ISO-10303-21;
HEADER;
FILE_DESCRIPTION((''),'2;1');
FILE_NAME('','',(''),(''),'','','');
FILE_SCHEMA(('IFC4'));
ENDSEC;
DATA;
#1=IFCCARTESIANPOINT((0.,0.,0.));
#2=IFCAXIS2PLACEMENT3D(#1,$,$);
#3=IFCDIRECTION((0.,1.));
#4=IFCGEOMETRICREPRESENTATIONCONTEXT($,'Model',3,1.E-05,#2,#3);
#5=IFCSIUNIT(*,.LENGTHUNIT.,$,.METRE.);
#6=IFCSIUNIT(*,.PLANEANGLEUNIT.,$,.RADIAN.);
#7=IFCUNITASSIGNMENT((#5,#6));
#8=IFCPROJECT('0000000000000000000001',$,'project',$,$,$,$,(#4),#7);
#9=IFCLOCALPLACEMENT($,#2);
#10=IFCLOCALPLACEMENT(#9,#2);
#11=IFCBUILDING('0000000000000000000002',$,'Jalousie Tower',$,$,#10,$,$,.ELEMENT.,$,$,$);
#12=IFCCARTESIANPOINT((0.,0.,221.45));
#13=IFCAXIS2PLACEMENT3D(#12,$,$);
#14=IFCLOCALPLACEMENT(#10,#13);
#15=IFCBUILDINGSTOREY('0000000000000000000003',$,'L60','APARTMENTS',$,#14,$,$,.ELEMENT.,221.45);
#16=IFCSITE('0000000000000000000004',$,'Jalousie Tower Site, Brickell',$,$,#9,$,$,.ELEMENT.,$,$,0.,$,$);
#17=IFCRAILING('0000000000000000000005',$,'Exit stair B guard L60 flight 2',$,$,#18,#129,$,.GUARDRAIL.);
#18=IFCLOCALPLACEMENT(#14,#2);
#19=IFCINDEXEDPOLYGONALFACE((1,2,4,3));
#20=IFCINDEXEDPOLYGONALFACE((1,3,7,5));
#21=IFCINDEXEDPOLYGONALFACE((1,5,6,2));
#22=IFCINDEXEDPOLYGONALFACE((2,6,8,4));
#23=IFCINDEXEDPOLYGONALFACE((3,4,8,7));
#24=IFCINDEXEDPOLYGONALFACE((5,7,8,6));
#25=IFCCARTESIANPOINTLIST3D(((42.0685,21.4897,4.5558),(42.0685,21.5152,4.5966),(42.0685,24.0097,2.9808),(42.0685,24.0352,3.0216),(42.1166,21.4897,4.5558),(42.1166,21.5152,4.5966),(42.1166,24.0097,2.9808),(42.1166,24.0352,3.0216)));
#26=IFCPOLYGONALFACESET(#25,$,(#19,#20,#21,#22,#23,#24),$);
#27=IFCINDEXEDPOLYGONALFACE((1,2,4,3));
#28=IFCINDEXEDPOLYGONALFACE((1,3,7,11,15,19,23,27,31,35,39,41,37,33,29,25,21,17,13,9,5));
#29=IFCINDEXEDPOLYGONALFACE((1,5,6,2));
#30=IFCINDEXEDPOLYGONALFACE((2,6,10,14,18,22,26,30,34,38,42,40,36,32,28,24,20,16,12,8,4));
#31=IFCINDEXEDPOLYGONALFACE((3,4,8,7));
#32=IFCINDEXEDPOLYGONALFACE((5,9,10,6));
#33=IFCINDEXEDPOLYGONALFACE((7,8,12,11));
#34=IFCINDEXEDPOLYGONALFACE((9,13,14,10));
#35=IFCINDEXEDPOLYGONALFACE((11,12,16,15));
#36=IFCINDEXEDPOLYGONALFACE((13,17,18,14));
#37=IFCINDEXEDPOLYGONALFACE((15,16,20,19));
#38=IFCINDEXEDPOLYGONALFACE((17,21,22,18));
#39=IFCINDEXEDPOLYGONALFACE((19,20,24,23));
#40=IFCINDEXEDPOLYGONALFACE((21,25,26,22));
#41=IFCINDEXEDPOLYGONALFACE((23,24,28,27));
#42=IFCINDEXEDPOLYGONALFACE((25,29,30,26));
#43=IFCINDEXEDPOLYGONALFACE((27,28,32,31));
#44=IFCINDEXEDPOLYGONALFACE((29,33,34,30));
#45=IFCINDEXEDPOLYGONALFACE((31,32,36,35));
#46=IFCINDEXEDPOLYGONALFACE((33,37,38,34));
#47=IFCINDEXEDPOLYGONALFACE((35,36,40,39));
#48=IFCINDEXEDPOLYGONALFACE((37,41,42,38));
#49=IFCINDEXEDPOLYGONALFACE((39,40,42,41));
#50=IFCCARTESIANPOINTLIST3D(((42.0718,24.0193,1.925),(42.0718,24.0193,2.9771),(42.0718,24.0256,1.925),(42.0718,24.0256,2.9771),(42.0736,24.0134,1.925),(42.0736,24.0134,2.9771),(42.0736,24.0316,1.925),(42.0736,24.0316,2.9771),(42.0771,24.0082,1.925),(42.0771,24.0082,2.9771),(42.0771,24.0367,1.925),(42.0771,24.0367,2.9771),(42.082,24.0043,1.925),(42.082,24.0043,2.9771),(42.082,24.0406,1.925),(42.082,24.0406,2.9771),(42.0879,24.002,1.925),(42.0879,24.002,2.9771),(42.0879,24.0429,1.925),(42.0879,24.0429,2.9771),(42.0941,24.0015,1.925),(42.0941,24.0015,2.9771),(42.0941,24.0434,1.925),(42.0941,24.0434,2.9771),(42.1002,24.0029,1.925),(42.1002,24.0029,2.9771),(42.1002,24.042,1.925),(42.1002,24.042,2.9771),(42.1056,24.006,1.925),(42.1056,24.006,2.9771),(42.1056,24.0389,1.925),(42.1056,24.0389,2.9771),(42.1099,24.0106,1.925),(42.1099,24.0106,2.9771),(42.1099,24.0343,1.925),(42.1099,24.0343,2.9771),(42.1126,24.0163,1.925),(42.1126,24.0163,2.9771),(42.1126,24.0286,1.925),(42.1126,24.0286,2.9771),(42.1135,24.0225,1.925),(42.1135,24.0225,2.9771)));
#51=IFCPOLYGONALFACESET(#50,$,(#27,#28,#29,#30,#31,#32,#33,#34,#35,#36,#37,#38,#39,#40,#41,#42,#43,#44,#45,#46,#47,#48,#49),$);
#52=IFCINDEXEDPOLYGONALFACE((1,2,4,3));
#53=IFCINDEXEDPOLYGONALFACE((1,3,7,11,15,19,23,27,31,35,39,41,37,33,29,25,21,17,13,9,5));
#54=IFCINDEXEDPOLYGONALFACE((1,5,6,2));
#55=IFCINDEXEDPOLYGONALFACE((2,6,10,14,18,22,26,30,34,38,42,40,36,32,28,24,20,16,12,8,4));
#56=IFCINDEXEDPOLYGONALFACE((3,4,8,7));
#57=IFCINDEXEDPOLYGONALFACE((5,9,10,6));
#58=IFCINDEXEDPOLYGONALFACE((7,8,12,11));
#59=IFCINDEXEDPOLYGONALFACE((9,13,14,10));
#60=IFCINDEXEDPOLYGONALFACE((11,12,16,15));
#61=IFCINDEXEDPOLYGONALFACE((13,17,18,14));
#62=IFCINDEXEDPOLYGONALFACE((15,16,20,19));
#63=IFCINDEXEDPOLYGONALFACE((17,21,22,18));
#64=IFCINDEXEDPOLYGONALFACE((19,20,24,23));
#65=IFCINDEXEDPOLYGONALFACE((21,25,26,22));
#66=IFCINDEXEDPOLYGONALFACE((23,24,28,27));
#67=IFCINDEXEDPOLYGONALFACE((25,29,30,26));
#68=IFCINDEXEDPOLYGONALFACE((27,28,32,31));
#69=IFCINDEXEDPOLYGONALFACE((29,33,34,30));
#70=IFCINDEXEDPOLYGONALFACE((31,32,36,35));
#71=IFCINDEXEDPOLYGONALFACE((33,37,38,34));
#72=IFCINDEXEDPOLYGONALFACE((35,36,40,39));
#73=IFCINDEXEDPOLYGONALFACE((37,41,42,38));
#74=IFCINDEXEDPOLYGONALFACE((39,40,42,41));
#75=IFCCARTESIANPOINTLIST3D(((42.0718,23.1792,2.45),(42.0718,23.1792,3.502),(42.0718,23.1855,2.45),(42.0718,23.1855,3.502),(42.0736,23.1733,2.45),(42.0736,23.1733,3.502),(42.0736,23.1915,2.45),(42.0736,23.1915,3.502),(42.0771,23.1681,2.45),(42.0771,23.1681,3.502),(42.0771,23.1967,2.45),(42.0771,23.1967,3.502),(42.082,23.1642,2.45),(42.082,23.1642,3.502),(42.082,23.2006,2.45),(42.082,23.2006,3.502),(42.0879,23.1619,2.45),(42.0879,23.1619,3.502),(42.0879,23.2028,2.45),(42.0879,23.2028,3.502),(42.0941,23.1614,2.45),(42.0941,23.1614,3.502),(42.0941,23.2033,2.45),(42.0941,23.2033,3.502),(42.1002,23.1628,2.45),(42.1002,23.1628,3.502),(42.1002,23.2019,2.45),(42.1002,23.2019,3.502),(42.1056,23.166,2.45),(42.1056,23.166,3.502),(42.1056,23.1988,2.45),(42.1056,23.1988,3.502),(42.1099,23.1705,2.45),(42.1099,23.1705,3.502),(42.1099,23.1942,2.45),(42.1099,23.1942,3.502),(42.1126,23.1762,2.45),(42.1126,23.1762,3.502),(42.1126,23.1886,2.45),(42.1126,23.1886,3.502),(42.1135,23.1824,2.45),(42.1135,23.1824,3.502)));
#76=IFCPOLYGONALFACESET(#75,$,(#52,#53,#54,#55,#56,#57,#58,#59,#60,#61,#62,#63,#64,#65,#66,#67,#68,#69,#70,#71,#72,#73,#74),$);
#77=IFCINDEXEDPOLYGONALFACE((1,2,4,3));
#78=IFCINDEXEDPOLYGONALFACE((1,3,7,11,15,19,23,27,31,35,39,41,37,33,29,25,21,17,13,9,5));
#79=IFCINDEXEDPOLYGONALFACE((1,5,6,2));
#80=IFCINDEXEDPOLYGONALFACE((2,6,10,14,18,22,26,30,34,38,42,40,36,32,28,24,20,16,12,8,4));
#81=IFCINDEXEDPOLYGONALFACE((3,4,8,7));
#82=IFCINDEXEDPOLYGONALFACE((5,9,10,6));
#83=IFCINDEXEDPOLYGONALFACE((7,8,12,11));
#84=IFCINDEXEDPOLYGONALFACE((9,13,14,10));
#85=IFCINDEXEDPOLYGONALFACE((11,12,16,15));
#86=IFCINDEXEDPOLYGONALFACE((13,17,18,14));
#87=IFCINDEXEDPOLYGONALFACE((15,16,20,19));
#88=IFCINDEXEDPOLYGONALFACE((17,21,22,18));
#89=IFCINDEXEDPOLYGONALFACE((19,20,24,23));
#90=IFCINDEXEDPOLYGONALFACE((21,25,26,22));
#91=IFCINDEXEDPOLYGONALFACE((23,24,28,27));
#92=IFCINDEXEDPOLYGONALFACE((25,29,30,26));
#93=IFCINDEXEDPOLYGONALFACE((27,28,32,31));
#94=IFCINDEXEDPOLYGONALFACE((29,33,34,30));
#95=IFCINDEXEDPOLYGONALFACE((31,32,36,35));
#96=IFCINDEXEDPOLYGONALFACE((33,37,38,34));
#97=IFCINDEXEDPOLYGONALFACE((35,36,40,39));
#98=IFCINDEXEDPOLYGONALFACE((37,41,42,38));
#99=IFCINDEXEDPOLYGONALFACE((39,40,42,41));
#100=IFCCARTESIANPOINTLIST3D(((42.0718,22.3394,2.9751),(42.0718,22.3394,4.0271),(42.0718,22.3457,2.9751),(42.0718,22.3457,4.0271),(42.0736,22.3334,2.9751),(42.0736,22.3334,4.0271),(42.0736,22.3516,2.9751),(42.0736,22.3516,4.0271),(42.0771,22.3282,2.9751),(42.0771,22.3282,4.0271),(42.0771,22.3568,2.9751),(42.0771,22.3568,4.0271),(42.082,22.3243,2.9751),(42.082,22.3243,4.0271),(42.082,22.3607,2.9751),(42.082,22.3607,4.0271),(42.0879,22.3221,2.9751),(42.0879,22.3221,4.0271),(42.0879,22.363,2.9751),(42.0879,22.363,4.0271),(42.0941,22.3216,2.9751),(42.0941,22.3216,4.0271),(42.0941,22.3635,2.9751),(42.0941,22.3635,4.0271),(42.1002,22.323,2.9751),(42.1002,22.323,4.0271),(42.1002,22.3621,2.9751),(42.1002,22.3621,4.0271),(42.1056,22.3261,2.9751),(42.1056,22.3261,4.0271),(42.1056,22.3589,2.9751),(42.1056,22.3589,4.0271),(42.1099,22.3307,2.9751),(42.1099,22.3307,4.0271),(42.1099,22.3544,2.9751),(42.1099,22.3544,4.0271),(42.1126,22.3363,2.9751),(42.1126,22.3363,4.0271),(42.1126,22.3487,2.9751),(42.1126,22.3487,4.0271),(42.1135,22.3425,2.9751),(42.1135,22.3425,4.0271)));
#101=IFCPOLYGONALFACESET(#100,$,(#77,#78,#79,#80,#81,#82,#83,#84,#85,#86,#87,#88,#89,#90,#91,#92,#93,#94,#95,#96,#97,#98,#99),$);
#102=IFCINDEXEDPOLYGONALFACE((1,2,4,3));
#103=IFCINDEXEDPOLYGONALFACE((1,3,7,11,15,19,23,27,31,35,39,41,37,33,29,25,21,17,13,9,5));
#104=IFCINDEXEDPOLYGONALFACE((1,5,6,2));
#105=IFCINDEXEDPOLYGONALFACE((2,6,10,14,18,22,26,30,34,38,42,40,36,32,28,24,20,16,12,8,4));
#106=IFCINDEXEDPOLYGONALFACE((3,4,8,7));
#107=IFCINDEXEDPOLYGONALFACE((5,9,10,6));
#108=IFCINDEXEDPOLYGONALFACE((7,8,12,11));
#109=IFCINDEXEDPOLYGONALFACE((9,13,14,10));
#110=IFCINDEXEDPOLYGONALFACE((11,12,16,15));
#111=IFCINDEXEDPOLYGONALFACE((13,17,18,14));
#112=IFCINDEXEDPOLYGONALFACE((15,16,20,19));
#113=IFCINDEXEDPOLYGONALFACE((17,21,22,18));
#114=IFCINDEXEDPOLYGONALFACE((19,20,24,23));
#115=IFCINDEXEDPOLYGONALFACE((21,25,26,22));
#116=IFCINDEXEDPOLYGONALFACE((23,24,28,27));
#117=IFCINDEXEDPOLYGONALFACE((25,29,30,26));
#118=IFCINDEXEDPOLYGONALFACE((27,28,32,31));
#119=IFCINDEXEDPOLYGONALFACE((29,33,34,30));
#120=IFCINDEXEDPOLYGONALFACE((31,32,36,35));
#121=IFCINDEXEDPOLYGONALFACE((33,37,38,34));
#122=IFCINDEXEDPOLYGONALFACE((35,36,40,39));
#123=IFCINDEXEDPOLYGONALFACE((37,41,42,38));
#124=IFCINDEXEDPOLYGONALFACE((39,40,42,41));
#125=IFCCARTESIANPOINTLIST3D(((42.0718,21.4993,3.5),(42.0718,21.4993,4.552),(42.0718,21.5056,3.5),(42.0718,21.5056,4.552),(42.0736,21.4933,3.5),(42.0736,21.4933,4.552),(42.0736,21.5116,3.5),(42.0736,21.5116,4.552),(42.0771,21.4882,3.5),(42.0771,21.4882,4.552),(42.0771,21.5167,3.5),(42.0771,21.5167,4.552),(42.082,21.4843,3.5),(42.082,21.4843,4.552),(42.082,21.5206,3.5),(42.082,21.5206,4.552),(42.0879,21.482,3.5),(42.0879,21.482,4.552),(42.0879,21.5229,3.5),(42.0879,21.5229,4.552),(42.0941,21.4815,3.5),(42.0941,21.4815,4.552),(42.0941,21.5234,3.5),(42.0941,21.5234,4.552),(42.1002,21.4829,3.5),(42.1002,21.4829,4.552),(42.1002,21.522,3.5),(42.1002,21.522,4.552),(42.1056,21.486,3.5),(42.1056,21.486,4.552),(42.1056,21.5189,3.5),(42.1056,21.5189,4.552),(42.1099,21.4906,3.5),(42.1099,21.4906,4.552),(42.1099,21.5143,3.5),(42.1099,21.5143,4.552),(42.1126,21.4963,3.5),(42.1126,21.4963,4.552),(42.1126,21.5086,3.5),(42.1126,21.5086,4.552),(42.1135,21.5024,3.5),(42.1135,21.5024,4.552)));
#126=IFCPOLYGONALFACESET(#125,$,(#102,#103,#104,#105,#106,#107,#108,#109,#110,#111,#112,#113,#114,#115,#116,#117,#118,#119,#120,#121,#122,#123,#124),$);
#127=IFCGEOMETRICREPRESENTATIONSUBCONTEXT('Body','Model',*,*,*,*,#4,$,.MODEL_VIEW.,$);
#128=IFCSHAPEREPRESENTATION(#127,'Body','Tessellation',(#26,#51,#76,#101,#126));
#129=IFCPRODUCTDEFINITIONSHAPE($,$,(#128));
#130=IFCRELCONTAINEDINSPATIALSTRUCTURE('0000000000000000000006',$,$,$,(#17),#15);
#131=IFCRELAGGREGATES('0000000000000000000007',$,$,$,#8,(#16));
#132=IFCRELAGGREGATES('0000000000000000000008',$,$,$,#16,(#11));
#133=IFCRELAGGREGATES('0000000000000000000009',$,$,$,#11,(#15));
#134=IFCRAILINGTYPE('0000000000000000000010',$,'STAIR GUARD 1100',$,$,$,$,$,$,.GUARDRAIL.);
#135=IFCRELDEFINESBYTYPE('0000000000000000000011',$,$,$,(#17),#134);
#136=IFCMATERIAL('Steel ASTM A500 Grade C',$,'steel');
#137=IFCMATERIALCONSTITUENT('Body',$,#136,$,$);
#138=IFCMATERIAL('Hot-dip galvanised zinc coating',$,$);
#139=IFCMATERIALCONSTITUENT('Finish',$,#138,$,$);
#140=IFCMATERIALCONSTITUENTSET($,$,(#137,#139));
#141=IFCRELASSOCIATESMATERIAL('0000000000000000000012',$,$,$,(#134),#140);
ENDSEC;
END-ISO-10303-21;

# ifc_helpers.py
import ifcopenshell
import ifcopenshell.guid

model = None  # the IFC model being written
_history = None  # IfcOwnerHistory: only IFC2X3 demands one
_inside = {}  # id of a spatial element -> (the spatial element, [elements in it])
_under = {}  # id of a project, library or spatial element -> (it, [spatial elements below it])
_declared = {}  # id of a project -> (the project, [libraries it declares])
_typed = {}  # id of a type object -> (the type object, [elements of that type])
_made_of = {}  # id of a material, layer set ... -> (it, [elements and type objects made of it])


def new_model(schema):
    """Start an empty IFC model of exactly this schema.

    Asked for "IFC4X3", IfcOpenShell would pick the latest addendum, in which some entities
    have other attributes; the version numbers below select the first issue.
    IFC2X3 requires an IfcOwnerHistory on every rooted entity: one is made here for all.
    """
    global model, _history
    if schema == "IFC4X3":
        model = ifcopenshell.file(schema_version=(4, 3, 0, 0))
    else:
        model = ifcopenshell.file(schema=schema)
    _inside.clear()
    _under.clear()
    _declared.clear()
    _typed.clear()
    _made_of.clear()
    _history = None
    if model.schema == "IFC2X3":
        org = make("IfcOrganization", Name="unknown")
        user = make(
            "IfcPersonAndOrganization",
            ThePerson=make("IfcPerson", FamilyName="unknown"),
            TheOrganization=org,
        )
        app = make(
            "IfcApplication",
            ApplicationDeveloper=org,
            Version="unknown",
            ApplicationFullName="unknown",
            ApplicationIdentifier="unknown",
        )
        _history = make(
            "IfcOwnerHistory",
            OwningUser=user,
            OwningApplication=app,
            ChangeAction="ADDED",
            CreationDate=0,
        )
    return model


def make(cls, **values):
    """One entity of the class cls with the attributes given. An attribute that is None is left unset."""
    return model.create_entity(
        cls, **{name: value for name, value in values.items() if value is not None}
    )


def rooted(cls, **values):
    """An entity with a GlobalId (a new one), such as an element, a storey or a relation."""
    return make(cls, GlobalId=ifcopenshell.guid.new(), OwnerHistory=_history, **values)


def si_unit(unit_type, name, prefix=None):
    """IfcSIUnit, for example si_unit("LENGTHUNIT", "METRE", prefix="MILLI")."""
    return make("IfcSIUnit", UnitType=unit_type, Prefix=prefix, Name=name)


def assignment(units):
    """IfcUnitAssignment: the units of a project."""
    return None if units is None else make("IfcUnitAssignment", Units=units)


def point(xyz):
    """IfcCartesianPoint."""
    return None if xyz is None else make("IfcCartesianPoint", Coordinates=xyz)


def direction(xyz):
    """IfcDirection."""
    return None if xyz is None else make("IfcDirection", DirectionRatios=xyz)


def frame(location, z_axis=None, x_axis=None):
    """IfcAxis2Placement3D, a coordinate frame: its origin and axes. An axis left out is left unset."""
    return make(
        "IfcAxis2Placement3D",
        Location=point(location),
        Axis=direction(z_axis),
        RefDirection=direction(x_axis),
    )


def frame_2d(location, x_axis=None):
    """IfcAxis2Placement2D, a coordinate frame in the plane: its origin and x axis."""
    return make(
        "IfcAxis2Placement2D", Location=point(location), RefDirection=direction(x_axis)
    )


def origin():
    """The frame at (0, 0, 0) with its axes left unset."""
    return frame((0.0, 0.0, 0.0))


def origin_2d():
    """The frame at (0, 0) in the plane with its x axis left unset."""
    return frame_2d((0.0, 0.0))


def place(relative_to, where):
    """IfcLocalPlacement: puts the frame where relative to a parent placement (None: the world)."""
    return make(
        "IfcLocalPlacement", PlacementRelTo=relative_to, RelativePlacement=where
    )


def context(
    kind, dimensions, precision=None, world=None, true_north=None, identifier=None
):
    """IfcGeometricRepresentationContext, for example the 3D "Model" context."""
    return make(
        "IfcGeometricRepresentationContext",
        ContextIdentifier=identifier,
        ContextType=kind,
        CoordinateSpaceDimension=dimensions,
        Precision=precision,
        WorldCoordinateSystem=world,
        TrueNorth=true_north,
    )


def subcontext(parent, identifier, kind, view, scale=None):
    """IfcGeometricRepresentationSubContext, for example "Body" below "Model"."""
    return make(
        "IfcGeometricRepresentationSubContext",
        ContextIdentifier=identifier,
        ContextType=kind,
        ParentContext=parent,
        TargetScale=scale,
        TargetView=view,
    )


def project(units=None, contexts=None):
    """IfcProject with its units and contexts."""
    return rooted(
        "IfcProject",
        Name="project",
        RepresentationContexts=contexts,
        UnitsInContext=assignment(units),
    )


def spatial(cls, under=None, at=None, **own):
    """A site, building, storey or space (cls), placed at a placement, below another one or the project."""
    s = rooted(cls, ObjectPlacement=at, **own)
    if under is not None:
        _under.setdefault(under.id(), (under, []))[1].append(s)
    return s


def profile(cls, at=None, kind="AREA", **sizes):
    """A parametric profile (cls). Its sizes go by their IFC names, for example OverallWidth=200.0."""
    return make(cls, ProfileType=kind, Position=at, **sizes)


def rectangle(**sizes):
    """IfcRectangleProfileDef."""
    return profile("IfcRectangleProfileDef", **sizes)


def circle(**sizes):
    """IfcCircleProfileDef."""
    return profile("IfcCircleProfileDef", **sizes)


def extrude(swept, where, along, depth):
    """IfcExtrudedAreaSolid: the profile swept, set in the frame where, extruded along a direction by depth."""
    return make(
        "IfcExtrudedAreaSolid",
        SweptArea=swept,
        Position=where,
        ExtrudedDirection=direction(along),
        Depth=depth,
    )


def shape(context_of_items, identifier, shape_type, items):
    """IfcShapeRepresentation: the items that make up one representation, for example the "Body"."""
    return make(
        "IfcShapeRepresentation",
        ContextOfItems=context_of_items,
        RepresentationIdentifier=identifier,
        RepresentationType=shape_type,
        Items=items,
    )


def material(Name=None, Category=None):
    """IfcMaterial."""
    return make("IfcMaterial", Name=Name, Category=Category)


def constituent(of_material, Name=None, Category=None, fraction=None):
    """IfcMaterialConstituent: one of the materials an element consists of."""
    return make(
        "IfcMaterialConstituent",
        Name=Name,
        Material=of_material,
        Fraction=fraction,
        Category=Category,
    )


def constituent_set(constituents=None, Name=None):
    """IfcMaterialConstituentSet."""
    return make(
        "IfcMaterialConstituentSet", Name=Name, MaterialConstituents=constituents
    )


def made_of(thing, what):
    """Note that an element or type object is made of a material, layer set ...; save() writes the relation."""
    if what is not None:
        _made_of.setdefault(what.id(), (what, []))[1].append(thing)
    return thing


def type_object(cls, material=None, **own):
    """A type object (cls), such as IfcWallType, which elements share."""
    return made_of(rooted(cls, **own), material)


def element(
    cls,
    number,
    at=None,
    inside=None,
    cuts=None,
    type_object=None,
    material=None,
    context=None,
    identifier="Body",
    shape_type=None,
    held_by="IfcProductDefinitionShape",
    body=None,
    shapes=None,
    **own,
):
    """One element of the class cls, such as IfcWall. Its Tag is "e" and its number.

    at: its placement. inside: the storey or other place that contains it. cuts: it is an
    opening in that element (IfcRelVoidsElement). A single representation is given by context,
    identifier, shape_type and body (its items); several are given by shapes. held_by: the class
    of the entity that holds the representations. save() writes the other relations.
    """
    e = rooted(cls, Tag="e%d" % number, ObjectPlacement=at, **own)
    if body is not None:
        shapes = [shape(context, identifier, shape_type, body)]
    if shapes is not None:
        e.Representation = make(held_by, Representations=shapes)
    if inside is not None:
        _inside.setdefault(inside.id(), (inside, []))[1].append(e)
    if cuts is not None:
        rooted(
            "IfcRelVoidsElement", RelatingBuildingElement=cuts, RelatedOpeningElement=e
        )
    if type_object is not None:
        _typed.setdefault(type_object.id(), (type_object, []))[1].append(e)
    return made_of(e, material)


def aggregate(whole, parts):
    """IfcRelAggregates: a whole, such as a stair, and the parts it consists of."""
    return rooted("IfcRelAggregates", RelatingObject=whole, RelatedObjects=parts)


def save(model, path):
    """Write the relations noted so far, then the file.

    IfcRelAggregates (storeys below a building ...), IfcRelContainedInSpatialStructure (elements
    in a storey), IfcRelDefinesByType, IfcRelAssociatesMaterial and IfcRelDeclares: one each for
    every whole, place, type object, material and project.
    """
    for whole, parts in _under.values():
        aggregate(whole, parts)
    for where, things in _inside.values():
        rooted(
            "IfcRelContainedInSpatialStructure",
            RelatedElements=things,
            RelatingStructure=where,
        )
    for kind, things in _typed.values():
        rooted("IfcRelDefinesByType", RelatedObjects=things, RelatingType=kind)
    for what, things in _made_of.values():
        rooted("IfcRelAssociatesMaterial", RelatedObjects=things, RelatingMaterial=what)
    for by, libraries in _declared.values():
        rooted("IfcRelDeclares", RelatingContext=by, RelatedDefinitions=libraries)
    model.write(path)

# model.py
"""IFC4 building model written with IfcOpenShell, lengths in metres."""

from ifc_helpers import new_model, si_unit, direction, frame, origin, origin_2d, place, context, subcontext, project, spatial, rectangle, circle, extrude, material, constituent, constituent_set, type_object, element, save


model = new_model("IFC4")

# Units and contexts
model_context = context("Model", 3, precision=1e-05, world=origin(), true_north=direction((0.0, 1.0)))
body_context = subcontext(model_context, "Body", "Model", "MODEL_VIEW")
ifc_project = project(units=[si_unit("LENGTHUNIT", "METRE"), si_unit("PLANEANGLEUNIT", "RADIAN")], contexts=[model_context])

# Site, building, storey
site_placement = place(None, origin())
site = spatial("IfcSite", under=ifc_project, at=site_placement, Name="Jalousie Tower Site, Brickell", CompositionType="ELEMENT", RefElevation=0.0)
building_placement = place(site_placement, origin())
building = spatial("IfcBuilding", under=site, at=building_placement, Name="Jalousie Tower", CompositionType="ELEMENT")
storey_placement = place(building_placement, frame((0.0, 0.0, 221.45)))
storey = spatial("IfcBuildingStorey", under=building, at=storey_placement, Name="L60", Description="APARTMENTS", CompositionType="ELEMENT", Elevation=221.45)

# Railing
ifc_material_1 = material(Name="Steel ASTM A500 Grade C", Category="steel")
ifc_constituent_1 = constituent(ifc_material_1, Name="Body")
ifc_material_2 = material(Name="Hot-dip galvanised zinc coating")
ifc_constituent_2 = constituent(ifc_material_2, Name="Finish")
ifc_constituent_set_1 = constituent_set(constituents=[ifc_constituent_1, ifc_constituent_2])
railing_type_1 = type_object("IfcRailingType", Name="STAIR GUARD 1100", PredefinedType="GUARDRAIL", material=ifc_constituent_set_1)
railing_1_placement = place(storey_placement, frame((42.0925, 24.0225, 1.925)))
element("IfcRailing", 1, at=railing_1_placement, inside=storey, type_object=railing_type_1, Name="Exit stair B guard L60 flight 2", PredefinedType="GUARDRAIL", context=body_context, shape_type="SweptSolid", body=[
    extrude(rectangle(XDim=0.0481, YDim=0.0481, at=origin_2d()), frame((0.0, 0.0, 1.0762), z_axis=(0.0, -0.848008, 0.529984), x_axis=(1.0, 0.0, 0.0)), (0.0, 0.0, 1.0), 2.9717),
    extrude(circle(Radius=0.021, at=origin_2d()), origin(), (0.0, 0.0, 1.0), 1.052),
    extrude(circle(Radius=0.021, at=origin_2d()), frame((0.0, -0.8401, 0.5249)), (0.0, 0.0, 1.0), 1.052),
    extrude(circle(Radius=0.021, at=origin_2d()), frame((0.0, -1.6799, 1.05)), (0.0, 0.0, 1.0), 1.052),
    extrude(circle(Radius=0.021, at=origin_2d()), frame((0.0, -2.52, 1.575)), (0.0, 0.0, 1.0), 1.052),
])

save(model, "model.ifc")
